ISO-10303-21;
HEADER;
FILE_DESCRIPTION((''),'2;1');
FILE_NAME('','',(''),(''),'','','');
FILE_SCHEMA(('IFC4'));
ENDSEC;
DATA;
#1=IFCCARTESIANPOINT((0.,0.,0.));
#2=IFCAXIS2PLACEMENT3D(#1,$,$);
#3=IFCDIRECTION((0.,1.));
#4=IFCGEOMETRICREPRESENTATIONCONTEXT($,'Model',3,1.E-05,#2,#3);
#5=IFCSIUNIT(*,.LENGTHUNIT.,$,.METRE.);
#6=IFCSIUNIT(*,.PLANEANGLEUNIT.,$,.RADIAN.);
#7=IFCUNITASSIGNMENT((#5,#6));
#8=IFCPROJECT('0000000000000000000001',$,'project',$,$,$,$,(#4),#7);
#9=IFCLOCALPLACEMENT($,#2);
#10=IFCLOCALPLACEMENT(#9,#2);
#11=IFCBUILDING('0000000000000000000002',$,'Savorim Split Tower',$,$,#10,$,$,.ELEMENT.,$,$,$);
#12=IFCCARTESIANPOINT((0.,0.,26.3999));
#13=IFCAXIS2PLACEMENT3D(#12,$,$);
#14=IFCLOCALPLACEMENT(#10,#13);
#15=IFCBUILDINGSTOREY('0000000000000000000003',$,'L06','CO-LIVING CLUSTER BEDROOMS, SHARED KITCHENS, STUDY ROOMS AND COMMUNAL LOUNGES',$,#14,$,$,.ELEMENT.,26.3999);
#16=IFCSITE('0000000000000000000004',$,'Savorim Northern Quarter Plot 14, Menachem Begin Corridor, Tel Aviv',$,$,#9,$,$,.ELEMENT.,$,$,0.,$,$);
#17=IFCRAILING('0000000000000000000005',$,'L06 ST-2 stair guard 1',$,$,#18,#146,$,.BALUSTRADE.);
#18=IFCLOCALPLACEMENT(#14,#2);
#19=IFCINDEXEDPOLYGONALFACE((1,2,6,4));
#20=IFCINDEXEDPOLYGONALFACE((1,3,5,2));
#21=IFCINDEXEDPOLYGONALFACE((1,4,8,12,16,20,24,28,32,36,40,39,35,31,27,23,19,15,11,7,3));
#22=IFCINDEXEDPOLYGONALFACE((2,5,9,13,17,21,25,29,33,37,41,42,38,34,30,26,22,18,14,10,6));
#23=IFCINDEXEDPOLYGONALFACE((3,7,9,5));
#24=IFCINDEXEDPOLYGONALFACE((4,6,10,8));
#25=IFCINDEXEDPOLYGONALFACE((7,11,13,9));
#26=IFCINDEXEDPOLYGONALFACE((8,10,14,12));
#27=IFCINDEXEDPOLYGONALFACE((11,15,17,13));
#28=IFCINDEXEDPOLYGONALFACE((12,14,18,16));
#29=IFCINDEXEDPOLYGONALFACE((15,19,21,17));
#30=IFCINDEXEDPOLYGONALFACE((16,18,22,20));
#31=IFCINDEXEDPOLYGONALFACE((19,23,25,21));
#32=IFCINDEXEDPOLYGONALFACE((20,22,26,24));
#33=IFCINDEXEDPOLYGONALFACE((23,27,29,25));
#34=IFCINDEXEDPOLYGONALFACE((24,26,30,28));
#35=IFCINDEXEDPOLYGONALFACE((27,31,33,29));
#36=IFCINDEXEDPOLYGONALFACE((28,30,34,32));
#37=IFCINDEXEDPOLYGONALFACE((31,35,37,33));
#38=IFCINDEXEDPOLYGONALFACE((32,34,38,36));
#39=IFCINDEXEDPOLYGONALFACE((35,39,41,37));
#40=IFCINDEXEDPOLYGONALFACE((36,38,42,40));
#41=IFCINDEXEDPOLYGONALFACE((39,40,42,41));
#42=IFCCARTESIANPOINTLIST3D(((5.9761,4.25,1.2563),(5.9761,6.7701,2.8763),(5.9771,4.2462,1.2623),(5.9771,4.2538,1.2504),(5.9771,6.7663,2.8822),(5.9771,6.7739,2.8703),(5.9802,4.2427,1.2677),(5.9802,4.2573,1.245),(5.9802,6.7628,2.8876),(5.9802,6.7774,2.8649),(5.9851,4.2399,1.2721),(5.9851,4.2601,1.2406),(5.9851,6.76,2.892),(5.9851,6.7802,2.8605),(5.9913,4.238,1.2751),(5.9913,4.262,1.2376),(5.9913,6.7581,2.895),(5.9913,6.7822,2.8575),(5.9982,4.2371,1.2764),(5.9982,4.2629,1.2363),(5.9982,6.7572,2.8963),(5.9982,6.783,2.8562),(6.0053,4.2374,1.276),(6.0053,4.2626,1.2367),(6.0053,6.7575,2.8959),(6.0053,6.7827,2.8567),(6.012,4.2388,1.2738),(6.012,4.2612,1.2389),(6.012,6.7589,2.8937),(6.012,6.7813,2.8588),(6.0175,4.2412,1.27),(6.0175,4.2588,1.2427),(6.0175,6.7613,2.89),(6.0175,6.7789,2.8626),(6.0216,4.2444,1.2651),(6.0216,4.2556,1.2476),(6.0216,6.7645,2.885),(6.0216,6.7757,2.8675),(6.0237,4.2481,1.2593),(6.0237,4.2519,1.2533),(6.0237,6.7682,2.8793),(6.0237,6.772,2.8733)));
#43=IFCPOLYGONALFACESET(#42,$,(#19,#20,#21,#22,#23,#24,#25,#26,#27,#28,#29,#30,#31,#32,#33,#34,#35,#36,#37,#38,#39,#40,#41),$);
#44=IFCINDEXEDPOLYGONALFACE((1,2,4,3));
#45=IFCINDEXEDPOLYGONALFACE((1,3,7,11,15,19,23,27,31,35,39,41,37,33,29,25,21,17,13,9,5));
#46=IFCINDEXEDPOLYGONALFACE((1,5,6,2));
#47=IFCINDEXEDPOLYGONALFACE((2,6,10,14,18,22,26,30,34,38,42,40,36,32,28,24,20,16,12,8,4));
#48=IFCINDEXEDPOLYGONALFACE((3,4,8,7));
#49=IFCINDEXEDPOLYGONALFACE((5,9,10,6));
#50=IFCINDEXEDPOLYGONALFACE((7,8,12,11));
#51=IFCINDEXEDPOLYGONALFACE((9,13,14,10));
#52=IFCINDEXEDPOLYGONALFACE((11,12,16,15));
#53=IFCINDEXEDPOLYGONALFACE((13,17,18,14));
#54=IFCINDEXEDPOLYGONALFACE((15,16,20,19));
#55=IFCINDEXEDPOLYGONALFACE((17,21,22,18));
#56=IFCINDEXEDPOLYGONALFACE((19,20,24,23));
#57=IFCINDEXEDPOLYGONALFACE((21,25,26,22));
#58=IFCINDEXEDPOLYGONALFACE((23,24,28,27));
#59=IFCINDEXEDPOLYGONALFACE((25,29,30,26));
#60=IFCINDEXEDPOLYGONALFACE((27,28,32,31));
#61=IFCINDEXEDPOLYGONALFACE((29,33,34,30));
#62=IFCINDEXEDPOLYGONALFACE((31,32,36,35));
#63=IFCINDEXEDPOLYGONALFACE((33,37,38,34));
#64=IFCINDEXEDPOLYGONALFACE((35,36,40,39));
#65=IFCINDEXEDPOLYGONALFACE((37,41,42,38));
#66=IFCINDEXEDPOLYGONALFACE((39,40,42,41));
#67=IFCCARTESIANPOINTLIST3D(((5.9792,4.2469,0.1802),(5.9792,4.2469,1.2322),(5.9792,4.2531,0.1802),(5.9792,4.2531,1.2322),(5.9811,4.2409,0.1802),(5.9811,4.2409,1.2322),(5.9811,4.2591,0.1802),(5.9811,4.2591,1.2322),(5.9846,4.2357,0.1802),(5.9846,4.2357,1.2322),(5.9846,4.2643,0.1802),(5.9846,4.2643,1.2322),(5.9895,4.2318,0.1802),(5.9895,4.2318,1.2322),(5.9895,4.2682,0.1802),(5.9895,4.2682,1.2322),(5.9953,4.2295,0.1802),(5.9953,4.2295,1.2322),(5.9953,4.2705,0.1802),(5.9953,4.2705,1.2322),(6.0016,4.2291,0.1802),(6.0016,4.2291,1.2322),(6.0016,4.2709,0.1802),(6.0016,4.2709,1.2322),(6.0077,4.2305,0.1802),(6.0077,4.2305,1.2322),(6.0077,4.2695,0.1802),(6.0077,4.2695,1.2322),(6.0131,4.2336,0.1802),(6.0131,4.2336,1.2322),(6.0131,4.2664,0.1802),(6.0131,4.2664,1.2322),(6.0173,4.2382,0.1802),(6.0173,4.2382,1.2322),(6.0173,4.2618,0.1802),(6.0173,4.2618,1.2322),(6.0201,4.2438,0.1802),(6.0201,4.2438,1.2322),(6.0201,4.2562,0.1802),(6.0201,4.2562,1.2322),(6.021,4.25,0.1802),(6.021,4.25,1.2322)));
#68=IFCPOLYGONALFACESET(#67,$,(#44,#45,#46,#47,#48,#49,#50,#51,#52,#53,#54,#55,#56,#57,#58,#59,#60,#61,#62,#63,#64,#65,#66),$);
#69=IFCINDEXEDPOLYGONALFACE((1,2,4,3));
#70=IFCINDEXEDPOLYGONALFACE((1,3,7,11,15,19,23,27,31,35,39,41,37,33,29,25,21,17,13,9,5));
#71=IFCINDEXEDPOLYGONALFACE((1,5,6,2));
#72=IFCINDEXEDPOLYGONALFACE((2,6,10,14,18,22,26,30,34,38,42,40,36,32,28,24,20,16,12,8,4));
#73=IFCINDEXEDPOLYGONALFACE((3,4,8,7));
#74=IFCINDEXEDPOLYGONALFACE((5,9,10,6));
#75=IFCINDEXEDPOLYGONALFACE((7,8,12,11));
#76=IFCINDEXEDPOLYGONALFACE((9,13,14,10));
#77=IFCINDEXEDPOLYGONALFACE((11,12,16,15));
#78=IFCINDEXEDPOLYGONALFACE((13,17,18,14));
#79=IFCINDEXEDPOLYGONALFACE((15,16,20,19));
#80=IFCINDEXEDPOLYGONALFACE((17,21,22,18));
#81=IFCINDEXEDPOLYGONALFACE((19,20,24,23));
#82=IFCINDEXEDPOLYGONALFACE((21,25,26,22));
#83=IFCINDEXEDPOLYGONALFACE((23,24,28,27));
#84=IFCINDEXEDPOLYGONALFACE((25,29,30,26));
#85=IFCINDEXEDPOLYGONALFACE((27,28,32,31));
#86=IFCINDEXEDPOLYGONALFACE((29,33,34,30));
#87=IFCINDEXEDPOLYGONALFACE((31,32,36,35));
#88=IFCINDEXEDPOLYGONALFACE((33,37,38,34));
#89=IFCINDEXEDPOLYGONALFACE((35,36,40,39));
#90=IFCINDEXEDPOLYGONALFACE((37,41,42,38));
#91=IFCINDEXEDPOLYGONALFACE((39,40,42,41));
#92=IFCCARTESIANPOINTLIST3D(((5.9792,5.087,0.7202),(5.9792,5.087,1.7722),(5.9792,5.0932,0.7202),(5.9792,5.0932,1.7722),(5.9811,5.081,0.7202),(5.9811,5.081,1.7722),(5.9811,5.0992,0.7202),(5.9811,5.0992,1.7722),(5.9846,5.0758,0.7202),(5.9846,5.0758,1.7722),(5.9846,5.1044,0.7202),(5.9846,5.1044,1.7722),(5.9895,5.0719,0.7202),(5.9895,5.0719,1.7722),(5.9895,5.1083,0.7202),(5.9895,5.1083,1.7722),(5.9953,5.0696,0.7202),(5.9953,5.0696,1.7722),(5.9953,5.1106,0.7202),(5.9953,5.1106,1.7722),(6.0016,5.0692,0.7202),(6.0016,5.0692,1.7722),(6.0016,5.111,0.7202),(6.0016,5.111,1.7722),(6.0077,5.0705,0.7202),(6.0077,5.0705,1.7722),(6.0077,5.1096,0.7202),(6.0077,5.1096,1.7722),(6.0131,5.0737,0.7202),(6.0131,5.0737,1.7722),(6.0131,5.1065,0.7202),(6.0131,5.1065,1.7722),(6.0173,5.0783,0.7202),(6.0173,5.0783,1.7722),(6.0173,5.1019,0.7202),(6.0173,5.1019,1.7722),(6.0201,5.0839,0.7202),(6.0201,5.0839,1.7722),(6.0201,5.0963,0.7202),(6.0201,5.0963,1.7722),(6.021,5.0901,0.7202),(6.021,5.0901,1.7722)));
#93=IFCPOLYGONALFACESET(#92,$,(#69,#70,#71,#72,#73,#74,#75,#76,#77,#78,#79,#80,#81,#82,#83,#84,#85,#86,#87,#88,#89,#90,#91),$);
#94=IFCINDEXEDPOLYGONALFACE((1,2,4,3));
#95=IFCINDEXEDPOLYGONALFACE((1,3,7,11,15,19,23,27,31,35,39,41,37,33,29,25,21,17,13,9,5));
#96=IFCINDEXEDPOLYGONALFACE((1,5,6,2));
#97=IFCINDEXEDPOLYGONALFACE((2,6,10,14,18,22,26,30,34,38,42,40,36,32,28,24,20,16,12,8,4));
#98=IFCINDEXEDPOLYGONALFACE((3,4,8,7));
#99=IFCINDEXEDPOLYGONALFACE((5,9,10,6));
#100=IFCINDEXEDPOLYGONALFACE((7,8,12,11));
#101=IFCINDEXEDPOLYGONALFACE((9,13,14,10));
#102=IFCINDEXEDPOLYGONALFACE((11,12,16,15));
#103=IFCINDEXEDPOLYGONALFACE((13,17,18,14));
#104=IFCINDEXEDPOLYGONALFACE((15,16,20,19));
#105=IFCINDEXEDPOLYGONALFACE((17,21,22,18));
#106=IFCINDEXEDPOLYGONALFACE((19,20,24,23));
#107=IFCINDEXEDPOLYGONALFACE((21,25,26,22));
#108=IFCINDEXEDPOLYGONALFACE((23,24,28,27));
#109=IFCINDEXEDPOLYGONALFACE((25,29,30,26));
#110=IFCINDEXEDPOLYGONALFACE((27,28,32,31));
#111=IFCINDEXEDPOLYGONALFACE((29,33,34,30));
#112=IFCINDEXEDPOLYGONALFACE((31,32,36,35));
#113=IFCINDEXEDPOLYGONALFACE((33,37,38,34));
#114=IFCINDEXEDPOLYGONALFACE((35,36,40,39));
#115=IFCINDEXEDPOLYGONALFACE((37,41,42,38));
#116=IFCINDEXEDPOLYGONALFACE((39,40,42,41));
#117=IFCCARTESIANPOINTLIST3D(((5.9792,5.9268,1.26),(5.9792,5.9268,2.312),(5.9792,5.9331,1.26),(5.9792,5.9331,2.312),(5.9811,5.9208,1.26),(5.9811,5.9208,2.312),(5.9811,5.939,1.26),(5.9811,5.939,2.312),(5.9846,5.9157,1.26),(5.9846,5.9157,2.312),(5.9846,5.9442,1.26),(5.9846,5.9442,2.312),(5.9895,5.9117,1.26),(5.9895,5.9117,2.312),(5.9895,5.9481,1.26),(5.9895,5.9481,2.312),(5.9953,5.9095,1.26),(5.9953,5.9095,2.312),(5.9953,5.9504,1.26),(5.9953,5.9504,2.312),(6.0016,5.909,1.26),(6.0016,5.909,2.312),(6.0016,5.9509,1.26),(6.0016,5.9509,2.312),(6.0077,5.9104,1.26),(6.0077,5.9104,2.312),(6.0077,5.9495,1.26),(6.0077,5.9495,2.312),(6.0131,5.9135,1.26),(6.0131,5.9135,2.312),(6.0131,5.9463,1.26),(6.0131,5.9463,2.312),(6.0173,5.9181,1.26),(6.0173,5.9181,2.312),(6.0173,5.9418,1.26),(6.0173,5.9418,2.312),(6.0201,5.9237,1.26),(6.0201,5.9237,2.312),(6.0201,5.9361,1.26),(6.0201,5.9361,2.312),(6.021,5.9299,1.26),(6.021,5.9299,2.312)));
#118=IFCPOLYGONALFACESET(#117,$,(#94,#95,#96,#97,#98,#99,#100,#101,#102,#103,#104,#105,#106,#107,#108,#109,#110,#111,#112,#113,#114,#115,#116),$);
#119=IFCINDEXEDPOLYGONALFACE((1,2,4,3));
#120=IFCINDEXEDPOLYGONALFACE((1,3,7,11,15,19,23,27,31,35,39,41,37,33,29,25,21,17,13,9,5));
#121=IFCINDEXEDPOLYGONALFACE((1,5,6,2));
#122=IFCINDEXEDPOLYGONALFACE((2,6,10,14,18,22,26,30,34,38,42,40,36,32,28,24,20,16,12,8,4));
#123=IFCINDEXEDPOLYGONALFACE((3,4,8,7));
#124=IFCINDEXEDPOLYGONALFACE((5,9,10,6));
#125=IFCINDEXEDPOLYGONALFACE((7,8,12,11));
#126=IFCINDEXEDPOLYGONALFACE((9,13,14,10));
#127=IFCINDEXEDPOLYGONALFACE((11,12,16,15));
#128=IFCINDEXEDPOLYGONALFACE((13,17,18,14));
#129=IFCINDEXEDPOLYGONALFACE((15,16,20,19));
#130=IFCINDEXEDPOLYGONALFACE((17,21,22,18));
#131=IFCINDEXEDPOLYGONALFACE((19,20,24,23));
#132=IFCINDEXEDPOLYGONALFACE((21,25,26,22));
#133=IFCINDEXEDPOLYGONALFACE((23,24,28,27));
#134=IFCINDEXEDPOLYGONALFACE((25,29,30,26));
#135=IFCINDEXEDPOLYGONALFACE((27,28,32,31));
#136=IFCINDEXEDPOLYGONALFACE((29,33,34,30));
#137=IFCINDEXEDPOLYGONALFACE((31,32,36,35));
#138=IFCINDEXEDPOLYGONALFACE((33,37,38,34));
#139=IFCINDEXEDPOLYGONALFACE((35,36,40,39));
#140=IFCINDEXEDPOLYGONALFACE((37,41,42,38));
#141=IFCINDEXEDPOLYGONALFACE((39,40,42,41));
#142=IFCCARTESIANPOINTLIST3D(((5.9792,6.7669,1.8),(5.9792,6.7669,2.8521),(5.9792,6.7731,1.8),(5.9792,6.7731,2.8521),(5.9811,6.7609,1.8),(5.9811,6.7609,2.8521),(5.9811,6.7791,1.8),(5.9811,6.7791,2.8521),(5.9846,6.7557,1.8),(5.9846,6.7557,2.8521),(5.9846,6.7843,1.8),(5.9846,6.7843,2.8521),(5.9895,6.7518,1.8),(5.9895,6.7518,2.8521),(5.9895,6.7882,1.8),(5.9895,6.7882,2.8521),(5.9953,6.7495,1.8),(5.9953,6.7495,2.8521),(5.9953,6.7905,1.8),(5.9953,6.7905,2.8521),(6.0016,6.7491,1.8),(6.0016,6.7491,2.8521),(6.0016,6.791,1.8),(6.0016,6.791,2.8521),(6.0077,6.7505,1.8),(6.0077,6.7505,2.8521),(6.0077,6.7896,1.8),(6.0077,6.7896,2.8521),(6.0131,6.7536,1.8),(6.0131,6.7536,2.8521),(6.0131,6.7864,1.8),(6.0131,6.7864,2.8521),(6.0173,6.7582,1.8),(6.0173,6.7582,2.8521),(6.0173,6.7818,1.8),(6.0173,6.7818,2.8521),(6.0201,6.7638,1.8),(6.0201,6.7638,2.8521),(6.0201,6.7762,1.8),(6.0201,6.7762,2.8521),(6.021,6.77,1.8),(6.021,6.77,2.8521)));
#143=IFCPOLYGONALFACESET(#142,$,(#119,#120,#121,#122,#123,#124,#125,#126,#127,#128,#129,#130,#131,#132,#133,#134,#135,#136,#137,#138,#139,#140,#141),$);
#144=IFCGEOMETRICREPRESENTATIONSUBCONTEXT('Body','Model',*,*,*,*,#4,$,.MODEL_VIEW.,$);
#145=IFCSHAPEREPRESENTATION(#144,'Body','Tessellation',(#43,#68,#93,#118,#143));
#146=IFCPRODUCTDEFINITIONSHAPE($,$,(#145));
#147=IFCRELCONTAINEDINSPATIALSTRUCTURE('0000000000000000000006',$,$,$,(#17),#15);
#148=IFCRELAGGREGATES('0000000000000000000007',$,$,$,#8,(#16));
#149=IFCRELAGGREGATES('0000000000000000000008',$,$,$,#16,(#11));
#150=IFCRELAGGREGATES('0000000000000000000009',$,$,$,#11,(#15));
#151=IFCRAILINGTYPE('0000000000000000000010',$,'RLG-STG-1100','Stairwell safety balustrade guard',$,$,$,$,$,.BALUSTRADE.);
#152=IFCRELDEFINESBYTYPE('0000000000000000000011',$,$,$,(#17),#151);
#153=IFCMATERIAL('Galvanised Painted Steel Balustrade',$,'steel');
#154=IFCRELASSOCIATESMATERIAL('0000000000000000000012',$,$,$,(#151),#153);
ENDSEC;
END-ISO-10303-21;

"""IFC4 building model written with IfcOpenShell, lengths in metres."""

from ifc_helpers import new_model, si_unit, direction, frame, origin, origin_2d, place, context, subcontext, project, spatial, circle, extrude, material, type_object, element, save


model = new_model("IFC4")

# Units and contexts
model_context = context("Model", 3, precision=1e-05, world=origin(), true_north=direction((0.0, 1.0)))
body_context = subcontext(model_context, "Body", "Model", "MODEL_VIEW")
ifc_project = project(units=[si_unit("LENGTHUNIT", "METRE"), si_unit("PLANEANGLEUNIT", "RADIAN")], contexts=[model_context])

# Site, building, storey
site_placement = place(None, origin())
site = spatial("IfcSite", under=ifc_project, at=site_placement, Name="Savorim Northern Quarter Plot 14, Menachem Begin Corridor, Tel Aviv", CompositionType="ELEMENT", RefElevation=0.0)
building_placement = place(site_placement, origin())
building = spatial("IfcBuilding", under=site, at=building_placement, Name="Savorim Split Tower", CompositionType="ELEMENT")
storey_placement = place(building_placement, frame((0.0, 0.0, 26.3999)))
storey = spatial("IfcBuildingStorey", under=building, at=storey_placement, Name="L06", Description="CO-LIVING CLUSTER BEDROOMS, SHARED KITCHENS, STUDY ROOMS AND COMMUNAL LOUNGES", CompositionType="ELEMENT", Elevation=26.3999)

# Railing
ifc_material_1 = material(Name="Galvanised Painted Steel Balustrade", Category="steel")
railing_type_1 = type_object("IfcRailingType", Name="RLG-STG-1100", Description="Stairwell safety balustrade guard", PredefinedType="BALUSTRADE", material=ifc_material_1)
railing_1_placement = place(storey_placement, frame((6.0, 4.25, 0.1802)))
element("IfcRailing", 1, at=railing_1_placement, inside=storey, type_object=railing_type_1, Name="L06 ST-2 stair guard 1", PredefinedType="BALUSTRADE", context=body_context, shape_type="SweptSolid", body=[
    extrude(circle(Radius=0.0239, at=origin_2d()), frame((0.0, 0.0, 1.0762), z_axis=(0.0, 0.8412, 0.540725), x_axis=(-1.0, 0.0, 0.0)), (0.0, 0.0, 1.0), 2.9958),
    extrude(circle(Radius=0.021, at=origin_2d()), origin(), (0.0, 0.0, 1.0), 1.052),
    extrude(circle(Radius=0.021, at=origin_2d()), frame((0.0, 0.8401, 0.54)), (0.0, 0.0, 1.0), 1.052),
    extrude(circle(Radius=0.021, at=origin_2d()), frame((0.0, 1.6799, 1.0798)), (0.0, 0.0, 1.0), 1.052),
    extrude(circle(Radius=0.021, at=origin_2d()), frame((0.0, 2.52, 1.6199)), (0.0, 0.0, 1.0), 1.052),
])

save(model, "model.ifc")
